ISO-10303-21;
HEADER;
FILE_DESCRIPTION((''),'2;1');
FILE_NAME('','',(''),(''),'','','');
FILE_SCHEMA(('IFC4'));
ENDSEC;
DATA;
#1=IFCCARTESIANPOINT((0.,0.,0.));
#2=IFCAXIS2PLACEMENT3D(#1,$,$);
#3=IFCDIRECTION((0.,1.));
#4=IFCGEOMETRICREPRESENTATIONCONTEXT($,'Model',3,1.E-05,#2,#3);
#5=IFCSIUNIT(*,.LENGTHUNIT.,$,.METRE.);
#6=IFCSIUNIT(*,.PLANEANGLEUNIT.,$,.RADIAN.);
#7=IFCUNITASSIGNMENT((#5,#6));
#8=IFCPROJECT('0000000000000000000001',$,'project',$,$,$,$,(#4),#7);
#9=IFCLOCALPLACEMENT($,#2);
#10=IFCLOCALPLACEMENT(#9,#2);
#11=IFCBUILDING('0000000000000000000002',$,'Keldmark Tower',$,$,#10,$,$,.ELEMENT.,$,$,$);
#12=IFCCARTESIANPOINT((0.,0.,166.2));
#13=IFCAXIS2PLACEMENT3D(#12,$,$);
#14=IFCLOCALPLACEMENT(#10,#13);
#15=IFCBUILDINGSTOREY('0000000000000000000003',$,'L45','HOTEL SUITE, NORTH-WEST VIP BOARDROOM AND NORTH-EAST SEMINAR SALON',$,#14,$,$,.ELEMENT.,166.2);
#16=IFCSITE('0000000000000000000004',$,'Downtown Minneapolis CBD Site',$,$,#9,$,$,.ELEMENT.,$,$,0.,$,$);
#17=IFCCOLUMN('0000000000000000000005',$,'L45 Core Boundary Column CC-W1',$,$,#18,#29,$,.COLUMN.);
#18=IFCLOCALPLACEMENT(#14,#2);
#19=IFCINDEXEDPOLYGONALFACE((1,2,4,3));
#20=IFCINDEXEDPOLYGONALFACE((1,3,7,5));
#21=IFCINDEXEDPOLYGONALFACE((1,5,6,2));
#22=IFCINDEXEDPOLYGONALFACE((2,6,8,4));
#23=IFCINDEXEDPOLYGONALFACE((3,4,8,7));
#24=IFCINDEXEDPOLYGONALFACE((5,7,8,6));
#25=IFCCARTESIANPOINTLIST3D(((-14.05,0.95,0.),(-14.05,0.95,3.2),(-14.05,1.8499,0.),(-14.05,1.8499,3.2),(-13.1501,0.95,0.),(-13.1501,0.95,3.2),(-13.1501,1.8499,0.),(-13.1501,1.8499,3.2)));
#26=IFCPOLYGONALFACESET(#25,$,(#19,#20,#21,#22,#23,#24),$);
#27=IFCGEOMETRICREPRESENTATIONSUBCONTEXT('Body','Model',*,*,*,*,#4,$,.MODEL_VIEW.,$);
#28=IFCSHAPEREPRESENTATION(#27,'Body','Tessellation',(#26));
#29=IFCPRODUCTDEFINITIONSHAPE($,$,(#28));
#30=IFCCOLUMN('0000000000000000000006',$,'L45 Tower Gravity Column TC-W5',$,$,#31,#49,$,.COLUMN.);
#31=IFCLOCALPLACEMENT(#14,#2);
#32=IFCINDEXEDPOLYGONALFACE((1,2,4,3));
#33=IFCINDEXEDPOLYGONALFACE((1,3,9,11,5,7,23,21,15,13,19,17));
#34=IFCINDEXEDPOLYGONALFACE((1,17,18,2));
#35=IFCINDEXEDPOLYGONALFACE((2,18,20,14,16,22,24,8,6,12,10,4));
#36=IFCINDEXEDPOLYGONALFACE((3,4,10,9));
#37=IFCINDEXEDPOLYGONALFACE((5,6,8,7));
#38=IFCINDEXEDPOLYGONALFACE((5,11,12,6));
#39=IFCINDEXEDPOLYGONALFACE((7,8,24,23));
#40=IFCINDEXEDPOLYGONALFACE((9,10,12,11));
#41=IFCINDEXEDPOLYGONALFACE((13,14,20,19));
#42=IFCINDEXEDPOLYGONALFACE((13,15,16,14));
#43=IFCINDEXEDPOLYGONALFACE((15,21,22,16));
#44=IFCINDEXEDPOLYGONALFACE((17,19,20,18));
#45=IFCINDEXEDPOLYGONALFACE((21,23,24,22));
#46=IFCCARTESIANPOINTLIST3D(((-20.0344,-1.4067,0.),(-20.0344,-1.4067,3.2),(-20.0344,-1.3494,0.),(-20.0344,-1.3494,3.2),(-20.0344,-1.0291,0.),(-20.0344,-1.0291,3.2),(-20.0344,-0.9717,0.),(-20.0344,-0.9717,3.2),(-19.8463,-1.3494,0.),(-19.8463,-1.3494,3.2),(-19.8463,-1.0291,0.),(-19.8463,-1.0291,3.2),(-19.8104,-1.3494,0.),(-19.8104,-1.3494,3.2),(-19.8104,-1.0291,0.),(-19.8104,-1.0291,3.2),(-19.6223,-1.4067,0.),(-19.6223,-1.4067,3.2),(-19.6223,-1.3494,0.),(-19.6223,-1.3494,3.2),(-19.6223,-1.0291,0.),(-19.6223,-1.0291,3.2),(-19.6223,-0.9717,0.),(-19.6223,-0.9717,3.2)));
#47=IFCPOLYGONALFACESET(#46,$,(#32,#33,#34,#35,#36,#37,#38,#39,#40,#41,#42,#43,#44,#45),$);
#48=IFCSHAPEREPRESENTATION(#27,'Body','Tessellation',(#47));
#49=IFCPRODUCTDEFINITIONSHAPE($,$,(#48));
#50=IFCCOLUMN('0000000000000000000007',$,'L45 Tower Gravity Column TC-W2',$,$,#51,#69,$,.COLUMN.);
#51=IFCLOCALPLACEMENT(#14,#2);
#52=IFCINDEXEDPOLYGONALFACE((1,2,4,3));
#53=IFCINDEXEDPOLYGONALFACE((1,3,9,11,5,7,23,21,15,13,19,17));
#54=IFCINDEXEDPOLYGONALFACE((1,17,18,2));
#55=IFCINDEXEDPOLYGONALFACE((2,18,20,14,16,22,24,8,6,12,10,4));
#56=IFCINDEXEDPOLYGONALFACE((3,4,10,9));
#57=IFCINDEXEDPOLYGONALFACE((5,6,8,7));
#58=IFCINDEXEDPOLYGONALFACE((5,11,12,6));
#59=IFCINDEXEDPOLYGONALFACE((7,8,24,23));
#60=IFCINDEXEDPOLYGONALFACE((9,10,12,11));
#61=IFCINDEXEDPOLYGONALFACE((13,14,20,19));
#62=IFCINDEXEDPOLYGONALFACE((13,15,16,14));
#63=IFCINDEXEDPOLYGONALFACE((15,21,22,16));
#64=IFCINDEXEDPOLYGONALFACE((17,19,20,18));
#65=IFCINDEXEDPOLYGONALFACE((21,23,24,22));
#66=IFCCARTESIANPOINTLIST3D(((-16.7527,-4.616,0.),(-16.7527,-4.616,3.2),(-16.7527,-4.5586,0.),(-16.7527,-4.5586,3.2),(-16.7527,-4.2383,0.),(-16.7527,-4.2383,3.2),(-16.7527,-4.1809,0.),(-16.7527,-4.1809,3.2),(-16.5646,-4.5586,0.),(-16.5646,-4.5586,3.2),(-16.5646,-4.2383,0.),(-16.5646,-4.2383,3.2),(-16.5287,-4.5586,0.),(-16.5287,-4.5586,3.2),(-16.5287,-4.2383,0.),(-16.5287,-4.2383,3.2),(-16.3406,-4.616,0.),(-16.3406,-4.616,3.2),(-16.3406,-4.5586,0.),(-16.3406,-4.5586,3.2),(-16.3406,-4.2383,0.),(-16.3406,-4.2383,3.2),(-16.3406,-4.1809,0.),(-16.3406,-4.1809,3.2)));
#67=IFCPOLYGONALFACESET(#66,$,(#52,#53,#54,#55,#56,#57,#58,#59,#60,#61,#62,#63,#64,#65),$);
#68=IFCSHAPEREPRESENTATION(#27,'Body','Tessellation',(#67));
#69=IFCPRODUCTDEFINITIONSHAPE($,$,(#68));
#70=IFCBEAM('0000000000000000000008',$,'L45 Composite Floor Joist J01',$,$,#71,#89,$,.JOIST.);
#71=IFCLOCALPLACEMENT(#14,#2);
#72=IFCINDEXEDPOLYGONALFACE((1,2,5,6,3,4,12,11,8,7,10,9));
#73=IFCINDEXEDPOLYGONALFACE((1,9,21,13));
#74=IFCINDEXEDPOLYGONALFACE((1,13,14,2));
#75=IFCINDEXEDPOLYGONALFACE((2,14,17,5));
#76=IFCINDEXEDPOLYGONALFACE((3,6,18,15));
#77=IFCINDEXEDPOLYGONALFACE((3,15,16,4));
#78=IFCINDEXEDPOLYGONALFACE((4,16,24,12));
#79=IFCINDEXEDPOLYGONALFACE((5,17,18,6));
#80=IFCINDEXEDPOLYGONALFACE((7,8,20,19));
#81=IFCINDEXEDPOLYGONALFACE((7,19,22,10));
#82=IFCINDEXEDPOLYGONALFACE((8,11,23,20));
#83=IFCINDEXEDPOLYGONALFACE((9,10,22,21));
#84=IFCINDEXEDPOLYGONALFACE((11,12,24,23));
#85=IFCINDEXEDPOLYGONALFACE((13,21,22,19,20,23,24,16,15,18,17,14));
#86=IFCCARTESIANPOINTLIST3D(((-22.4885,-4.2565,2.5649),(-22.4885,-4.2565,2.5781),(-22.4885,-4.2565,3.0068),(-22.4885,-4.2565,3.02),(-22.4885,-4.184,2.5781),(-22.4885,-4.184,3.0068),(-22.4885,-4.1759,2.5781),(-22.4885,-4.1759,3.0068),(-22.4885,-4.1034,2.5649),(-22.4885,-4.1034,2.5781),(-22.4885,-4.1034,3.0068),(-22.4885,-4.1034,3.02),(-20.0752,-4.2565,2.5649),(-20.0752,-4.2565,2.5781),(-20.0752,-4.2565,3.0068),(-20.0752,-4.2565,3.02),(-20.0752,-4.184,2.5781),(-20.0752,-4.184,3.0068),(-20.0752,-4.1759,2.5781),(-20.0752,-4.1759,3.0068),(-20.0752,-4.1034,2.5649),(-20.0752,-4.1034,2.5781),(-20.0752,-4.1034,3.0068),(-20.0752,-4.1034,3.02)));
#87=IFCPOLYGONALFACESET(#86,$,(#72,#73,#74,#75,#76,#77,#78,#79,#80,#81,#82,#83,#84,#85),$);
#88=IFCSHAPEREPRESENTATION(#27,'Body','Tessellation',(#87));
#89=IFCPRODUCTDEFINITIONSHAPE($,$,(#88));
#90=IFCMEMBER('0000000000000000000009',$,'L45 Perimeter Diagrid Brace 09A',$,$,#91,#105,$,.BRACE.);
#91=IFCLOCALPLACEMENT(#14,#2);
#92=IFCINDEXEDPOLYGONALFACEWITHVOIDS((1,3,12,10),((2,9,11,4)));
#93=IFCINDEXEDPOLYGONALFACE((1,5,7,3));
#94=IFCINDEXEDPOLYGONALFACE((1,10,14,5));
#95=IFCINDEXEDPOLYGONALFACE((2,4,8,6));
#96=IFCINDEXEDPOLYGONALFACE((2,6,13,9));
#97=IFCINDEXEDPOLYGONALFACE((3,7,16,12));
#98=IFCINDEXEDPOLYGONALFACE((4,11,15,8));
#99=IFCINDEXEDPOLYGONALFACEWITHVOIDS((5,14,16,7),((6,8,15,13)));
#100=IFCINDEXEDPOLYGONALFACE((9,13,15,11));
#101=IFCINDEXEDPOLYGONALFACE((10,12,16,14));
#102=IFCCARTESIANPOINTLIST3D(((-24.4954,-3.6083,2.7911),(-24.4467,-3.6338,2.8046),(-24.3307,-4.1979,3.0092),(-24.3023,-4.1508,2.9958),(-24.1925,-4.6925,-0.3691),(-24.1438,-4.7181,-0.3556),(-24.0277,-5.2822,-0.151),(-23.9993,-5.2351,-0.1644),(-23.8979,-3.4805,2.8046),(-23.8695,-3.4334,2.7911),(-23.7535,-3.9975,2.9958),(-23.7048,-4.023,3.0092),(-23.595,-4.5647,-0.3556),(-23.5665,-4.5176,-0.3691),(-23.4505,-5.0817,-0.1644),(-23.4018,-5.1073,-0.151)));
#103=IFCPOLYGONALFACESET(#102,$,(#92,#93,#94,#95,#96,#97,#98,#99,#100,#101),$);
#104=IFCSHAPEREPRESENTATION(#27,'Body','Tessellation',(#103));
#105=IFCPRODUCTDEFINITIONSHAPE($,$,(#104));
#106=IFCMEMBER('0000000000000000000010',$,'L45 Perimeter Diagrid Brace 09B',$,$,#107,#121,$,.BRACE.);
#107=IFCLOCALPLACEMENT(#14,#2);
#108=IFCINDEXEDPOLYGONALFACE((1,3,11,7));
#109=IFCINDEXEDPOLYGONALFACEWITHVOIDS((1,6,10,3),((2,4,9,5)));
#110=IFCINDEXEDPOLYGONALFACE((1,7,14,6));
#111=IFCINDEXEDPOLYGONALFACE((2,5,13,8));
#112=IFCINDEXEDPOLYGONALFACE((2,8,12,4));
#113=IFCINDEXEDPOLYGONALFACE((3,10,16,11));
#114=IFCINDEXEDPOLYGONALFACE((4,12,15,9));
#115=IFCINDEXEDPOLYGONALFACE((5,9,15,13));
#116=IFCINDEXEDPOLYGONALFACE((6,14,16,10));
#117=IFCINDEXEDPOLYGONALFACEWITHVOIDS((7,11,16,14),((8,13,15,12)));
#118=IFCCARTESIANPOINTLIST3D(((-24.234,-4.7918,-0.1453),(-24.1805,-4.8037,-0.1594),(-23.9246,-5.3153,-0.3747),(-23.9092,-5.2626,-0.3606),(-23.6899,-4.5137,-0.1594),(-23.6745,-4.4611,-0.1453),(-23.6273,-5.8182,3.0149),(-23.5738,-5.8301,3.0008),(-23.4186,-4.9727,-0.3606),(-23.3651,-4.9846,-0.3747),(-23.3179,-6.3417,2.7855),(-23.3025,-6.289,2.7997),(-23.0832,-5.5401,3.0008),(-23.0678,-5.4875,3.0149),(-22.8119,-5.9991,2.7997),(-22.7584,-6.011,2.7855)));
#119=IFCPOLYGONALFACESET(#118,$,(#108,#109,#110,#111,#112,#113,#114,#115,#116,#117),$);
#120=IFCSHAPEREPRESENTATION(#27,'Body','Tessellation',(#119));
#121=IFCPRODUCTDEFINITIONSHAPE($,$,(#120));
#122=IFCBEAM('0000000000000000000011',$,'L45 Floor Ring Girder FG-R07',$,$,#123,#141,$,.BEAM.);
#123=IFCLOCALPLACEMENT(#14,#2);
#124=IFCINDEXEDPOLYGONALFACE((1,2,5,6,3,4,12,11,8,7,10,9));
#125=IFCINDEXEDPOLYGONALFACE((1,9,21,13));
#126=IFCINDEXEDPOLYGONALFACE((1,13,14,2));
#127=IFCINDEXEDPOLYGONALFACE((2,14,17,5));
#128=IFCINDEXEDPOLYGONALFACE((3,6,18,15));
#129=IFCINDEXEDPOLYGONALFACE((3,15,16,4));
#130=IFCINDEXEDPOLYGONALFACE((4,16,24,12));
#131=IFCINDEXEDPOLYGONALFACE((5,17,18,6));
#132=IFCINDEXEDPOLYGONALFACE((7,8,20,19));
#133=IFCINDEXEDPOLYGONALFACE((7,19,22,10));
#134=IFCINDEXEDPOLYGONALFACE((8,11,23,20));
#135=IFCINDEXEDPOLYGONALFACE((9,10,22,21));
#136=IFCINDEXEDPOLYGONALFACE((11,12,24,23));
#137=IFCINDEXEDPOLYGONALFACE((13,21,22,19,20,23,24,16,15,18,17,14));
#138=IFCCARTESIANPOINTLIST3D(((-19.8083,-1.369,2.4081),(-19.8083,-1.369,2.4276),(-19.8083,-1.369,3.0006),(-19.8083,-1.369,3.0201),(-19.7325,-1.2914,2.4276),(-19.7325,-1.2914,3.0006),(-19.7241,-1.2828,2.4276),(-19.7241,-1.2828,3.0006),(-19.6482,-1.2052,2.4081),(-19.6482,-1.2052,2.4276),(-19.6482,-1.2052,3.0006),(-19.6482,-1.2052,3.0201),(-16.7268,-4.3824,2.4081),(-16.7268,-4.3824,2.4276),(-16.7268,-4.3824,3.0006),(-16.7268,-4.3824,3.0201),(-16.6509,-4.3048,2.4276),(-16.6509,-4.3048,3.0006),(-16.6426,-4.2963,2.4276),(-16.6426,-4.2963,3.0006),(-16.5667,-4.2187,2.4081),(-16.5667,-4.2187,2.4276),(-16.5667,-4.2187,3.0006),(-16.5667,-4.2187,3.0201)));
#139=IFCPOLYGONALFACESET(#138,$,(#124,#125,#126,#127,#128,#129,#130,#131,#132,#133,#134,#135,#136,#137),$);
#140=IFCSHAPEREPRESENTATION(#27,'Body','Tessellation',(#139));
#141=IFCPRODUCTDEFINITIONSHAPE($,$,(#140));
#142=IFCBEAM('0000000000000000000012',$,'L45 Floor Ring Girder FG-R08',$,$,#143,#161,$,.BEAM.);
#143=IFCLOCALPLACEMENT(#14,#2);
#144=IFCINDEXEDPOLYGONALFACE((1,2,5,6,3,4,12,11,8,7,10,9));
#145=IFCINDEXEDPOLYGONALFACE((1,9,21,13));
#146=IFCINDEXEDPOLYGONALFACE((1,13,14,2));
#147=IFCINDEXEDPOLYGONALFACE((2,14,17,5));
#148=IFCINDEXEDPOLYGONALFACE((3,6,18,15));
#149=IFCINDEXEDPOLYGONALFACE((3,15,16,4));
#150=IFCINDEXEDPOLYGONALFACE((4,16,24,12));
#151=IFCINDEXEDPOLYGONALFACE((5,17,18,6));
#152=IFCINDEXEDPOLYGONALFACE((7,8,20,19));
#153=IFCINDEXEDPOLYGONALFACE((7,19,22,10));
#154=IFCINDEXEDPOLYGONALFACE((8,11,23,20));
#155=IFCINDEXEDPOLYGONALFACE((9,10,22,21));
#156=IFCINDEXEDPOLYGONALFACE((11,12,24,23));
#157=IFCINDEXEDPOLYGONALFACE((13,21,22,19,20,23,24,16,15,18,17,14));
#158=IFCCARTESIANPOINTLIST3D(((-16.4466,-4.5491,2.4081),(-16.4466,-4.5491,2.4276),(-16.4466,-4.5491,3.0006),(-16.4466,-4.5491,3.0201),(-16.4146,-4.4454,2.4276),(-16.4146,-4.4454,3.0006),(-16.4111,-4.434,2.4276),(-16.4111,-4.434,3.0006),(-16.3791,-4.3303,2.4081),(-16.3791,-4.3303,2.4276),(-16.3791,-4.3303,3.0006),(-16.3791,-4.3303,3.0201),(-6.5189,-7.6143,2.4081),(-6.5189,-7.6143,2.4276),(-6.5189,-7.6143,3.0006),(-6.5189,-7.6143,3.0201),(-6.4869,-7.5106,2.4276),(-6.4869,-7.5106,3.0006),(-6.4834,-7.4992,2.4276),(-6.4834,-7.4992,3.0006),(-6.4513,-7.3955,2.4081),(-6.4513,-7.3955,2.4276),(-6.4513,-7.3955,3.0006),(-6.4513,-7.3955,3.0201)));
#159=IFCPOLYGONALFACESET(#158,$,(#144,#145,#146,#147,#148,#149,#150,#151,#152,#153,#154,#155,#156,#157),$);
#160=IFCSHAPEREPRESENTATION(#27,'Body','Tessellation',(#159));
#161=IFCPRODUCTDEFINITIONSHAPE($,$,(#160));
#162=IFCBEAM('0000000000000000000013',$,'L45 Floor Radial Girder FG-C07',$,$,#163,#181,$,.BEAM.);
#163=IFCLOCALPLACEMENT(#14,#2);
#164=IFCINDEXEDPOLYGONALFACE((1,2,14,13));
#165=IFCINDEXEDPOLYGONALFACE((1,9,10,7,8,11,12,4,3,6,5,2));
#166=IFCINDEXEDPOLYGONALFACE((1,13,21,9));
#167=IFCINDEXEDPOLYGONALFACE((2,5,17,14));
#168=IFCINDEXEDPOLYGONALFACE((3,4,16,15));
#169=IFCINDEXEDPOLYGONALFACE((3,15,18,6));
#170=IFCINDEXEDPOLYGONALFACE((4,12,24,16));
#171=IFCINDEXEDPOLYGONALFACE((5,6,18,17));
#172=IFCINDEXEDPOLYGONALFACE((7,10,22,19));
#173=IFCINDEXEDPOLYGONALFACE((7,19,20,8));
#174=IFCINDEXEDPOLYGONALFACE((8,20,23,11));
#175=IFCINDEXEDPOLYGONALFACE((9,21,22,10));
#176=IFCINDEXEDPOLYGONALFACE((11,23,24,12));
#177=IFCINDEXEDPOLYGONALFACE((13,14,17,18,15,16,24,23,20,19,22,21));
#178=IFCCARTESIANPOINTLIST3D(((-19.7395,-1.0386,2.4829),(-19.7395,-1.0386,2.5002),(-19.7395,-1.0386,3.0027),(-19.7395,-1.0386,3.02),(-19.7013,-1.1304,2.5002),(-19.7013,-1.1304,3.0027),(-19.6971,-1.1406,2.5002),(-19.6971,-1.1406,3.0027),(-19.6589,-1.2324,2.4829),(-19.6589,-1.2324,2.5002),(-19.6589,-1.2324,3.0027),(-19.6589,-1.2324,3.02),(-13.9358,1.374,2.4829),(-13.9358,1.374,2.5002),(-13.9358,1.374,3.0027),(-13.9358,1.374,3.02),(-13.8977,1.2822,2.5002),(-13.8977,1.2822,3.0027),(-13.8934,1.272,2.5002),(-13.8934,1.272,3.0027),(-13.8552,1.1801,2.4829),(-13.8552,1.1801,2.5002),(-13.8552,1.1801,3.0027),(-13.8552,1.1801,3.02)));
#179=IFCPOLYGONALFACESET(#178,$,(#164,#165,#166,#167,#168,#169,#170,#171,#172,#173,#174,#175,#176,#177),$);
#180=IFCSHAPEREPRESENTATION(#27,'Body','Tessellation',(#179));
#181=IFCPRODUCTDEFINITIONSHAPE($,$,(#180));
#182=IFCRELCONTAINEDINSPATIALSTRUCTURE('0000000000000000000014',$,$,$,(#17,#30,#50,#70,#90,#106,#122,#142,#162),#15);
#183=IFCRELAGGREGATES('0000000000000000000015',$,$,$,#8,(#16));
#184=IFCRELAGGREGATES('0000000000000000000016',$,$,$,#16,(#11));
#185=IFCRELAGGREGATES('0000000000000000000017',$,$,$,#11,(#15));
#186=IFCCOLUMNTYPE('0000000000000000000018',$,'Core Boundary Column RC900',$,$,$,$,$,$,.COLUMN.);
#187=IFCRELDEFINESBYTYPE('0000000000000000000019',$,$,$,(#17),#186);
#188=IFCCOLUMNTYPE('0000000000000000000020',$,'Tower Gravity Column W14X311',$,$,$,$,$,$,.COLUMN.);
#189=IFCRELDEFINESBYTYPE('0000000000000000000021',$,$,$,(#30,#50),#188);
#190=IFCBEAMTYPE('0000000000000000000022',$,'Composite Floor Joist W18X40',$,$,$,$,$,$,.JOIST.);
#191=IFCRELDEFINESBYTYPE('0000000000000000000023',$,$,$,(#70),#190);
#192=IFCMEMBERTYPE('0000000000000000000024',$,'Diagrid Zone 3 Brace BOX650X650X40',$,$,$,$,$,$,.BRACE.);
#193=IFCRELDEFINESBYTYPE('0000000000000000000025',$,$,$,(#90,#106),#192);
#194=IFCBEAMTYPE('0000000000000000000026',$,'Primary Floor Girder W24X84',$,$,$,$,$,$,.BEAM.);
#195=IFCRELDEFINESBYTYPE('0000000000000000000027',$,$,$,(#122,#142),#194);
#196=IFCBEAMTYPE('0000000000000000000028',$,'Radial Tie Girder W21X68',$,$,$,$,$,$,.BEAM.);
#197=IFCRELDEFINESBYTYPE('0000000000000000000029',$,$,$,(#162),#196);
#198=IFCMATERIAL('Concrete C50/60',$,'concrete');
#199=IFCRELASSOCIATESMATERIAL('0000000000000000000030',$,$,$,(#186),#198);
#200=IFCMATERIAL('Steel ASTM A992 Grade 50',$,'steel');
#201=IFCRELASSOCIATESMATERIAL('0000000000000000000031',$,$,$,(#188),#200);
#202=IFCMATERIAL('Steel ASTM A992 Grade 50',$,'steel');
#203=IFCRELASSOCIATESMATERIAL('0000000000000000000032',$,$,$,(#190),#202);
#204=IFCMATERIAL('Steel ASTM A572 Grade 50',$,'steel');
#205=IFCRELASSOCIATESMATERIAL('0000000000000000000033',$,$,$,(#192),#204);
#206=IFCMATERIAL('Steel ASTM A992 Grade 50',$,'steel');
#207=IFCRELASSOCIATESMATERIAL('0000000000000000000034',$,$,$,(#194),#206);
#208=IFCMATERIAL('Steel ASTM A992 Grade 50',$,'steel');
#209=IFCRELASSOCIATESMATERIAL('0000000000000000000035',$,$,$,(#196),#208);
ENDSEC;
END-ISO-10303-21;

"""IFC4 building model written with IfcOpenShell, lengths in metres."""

from ifc_helpers import new_model, si_unit, direction, frame, origin, origin_2d, place, context, subcontext, project, spatial, rectangle, hollow_rectangle, i_section, extrude, material, material_profile, profile_set, type_object, element, save


model = new_model("IFC4")

# Units and contexts
model_context = context("Model", 3, precision=1e-05, world=origin(), true_north=direction((0.0, 1.0)))
body_context = subcontext(model_context, "Body", "Model", "MODEL_VIEW")
ifc_project = project(units=[si_unit("LENGTHUNIT", "METRE"), si_unit("PLANEANGLEUNIT", "RADIAN")], contexts=[model_context])

# Site, building, storey
site_placement = place(None, origin())
site = spatial("IfcSite", under=ifc_project, at=site_placement, Name="Downtown Minneapolis CBD Site", CompositionType="ELEMENT", RefElevation=0.0)
building_placement = place(site_placement, origin())
building = spatial("IfcBuilding", under=site, at=building_placement, Name="Keldmark Tower", CompositionType="ELEMENT")
storey_placement = place(building_placement, frame((0.0, 0.0, 166.2)))
storey = spatial("IfcBuildingStorey", under=building, at=storey_placement, Name="L45", Description="HOTEL SUITE, NORTH-WEST VIP BOARDROOM AND NORTH-EAST SEMINAR SALON", CompositionType="ELEMENT", Elevation=166.2)

# Columns
ifc_material_1 = material(Name="Concrete C50/60", Category="concrete")
ifc_material_profile_1 = material_profile(ifc_material_1, rectangle(XDim=0.8999, YDim=0.8999, at=origin_2d()), Name="RC900X900")
ifc_profile_set_1 = profile_set([ifc_material_profile_1], Name="Concrete C50/60")
column_type_1 = type_object("IfcColumnType", Name="Core Boundary Column RC900", PredefinedType="COLUMN", material=ifc_profile_set_1)
column_placement = place(storey_placement, frame((-13.6001, 1.3999, 0.0), z_axis=(0.0, 0.0, 1.0), x_axis=(1.0, 0.0, 0.0)))
element("IfcColumn", 1, at=column_placement, inside=storey, type_object=column_type_1, Name="L45 Core Boundary Column CC-W1", PredefinedType="COLUMN", context=body_context, shape_type="SweptSolid", body=[
    extrude(rectangle(XDim=0.8999, YDim=0.8999, at=origin_2d()), origin(), (0.0, 0.0, 1.0), 3.2),
])
ifc_material_2 = material(Name="Steel ASTM A992 Grade 50", Category="steel")
ifc_material_profile_2 = material_profile(ifc_material_2, i_section(OverallWidth=0.4121, OverallDepth=0.4351, WebThickness=0.0359, FlangeThickness=0.0574, at=origin_2d()), Name="W14X311")
ifc_profile_set_2 = profile_set([ifc_material_profile_2], Name="Steel ASTM A992 Grade 50")
column_type_2 = type_object("IfcColumnType", Name="Tower Gravity Column W14X311", PredefinedType="COLUMN", material=ifc_profile_set_2)
for number, where, z_axis, x_axis, name in (
    (2, (-19.8284, -1.1892, 0.0), (0.0, 0.0, 1.0), (1.0, 0.0, 0.0), "L45 Tower Gravity Column TC-W5"),
    (3, (-16.5466, -4.3984, 0.0), (0.0, 0.0, 1.0), (1.0, 0.0, 0.0), "L45 Tower Gravity Column TC-W2"),
):
    element("IfcColumn", number, at=place(storey_placement, frame(where, z_axis=z_axis, x_axis=x_axis)), inside=storey, type_object=column_type_2, Name=name, PredefinedType="COLUMN", context=body_context, shape_type="SweptSolid", body=[
        extrude(i_section(OverallWidth=0.4121, OverallDepth=0.4351, WebThickness=0.0359, FlangeThickness=0.0574, at=origin_2d()), origin(), (0.0, 0.0, 1.0), 3.2),
    ])

# Beam
ifc_material_3 = material(Name="Steel ASTM A992 Grade 50", Category="steel")
ifc_material_profile_3 = material_profile(ifc_material_3, i_section(OverallWidth=0.1531, OverallDepth=0.4551, WebThickness=0.0081, FlangeThickness=0.0132, at=origin_2d()), Name="W18X40")
ifc_profile_set_3 = profile_set([ifc_material_profile_3], Name="Steel ASTM A992 Grade 50")
beam_type_1 = type_object("IfcBeamType", Name="Composite Floor Joist W18X40", PredefinedType="JOIST", material=ifc_profile_set_3)
beam_1_placement = place(storey_placement, frame((-22.4885, -4.1799, 2.7925), z_axis=(1.0, 0.0, 0.0), x_axis=(0.0, 1.0, 0.0)))
element("IfcBeam", 4, at=beam_1_placement, inside=storey, type_object=beam_type_1, Name="L45 Composite Floor Joist J01", PredefinedType="JOIST", context=body_context, shape_type="SweptSolid", body=[
    extrude(i_section(OverallWidth=0.1531, OverallDepth=0.4551, WebThickness=0.0081, FlangeThickness=0.0132, at=origin_2d()), origin(), (0.0, 0.0, 1.0), 2.4133),
])

# Members
ifc_material_4 = material(Name="Steel ASTM A572 Grade 50", Category="steel")
ifc_material_profile_4 = material_profile(ifc_material_4, hollow_rectangle(XDim=0.6499, YDim=0.6499, WallThickness=0.04, at=origin_2d()), Name="BOX650X650X40")
ifc_profile_set_4 = profile_set([ifc_material_profile_4], Name="Steel ASTM A572 Grade 50")
member_type = type_object("IfcMemberType", Name="Diagrid Zone 3 Brace BOX650X650X40", PredefinedType="BRACE", material=ifc_profile_set_4)
member_1_placement = place(storey_placement, frame((-23.7971, -4.8999, -0.26), z_axis=(-0.090315, 0.323198, 0.942012), x_axis=(-0.963104, -0.269131, 0.0)))
element("IfcMember", 5, at=member_1_placement, inside=storey, type_object=member_type, Name="L45 Perimeter Diagrid Brace 09A", PredefinedType="BRACE", context=body_context, shape_type="SweptSolid", body=[
    extrude(hollow_rectangle(XDim=0.6499, YDim=0.6499, WallThickness=0.04, at=origin_2d()), origin(), (0.0, 0.0, 1.0), 3.3547),
])
member_2_placement = place(storey_placement, frame((-23.7996, -4.8882, -0.26), z_axis=(0.179622, -0.303876, 0.935626), x_axis=(0.860853, 0.508853, 0.0)))
element("IfcMember", 6, at=member_2_placement, inside=storey, type_object=member_type, Name="L45 Perimeter Diagrid Brace 09B", PredefinedType="BRACE", context=body_context, shape_type="SweptSolid", body=[
    extrude(hollow_rectangle(XDim=0.6499, YDim=0.6499, WallThickness=0.04, at=origin_2d()), origin(), (0.0, 0.0, 1.0), 3.3777),
])

# Beams
ifc_material_5 = material(Name="Steel ASTM A992 Grade 50", Category="steel")
ifc_material_profile_5 = material_profile(ifc_material_5, i_section(OverallWidth=0.229, OverallDepth=0.6121, WebThickness=0.012, FlangeThickness=0.0195, at=origin_2d()), Name="W24X84")
ifc_profile_set_5 = profile_set([ifc_material_profile_5], Name="Steel ASTM A992 Grade 50")
beam_type_2 = type_object("IfcBeamType", Name="Primary Floor Girder W24X84", PredefinedType="BEAM", material=ifc_profile_set_5)
beam_2_placement = place(storey_placement, frame((-19.7283, -1.2871, 2.7141), z_axis=(0.714965, -0.699161, 0.0), x_axis=(0.699161, 0.714965, 0.0)))
element("IfcBeam", 7, at=beam_2_placement, inside=storey, type_object=beam_type_2, Name="L45 Floor Ring Girder FG-R07", PredefinedType="BEAM", context=body_context, shape_type="SweptSolid", body=[
    extrude(i_section(OverallWidth=0.229, OverallDepth=0.6121, WebThickness=0.012, FlangeThickness=0.0195, at=origin_2d()), origin(), (0.0, 0.0, 1.0), 4.3101),
])
beam_3_placement = place(storey_placement, frame((-16.4128, -4.4397, 2.7141), z_axis=(0.955495, -0.295009, 0.0), x_axis=(0.295009, 0.955495, 0.0)))
element("IfcBeam", 8, at=beam_3_placement, inside=storey, type_object=beam_type_2, Name="L45 Floor Ring Girder FG-R08", PredefinedType="BEAM", context=body_context, shape_type="SweptSolid", body=[
    extrude(i_section(OverallWidth=0.229, OverallDepth=0.6121, WebThickness=0.012, FlangeThickness=0.0195, at=origin_2d()), origin(), (0.0, 0.0, 1.0), 10.3901),
])
ifc_material_6 = material(Name="Steel ASTM A992 Grade 50", Category="steel")
ifc_material_profile_6 = material_profile(ifc_material_6, i_section(OverallWidth=0.21, OverallDepth=0.5371, WebThickness=0.011, FlangeThickness=0.0173, at=origin_2d()), Name="W21X68")
ifc_profile_set_6 = profile_set([ifc_material_profile_6], Name="Steel ASTM A992 Grade 50")
beam_type_3 = type_object("IfcBeamType", Name="Radial Tie Girder W21X68", PredefinedType="BEAM", material=ifc_profile_set_6)
beam_4_placement = place(storey_placement, frame((-19.6992, -1.1355, 2.7515), z_axis=(0.923394, 0.383854, 0.0), x_axis=(-0.383854, 0.923394, 0.0)))
element("IfcBeam", 9, at=beam_4_placement, inside=storey, type_object=beam_type_3, Name="L45 Floor Radial Girder FG-C07", PredefinedType="BEAM", context=body_context, shape_type="SweptSolid", body=[
    extrude(i_section(OverallWidth=0.21, OverallDepth=0.5371, WebThickness=0.011, FlangeThickness=0.0173, at=origin_2d()), origin(), (0.0, 0.0, 1.0), 6.2852),
])

save(model, "model.ifc")
